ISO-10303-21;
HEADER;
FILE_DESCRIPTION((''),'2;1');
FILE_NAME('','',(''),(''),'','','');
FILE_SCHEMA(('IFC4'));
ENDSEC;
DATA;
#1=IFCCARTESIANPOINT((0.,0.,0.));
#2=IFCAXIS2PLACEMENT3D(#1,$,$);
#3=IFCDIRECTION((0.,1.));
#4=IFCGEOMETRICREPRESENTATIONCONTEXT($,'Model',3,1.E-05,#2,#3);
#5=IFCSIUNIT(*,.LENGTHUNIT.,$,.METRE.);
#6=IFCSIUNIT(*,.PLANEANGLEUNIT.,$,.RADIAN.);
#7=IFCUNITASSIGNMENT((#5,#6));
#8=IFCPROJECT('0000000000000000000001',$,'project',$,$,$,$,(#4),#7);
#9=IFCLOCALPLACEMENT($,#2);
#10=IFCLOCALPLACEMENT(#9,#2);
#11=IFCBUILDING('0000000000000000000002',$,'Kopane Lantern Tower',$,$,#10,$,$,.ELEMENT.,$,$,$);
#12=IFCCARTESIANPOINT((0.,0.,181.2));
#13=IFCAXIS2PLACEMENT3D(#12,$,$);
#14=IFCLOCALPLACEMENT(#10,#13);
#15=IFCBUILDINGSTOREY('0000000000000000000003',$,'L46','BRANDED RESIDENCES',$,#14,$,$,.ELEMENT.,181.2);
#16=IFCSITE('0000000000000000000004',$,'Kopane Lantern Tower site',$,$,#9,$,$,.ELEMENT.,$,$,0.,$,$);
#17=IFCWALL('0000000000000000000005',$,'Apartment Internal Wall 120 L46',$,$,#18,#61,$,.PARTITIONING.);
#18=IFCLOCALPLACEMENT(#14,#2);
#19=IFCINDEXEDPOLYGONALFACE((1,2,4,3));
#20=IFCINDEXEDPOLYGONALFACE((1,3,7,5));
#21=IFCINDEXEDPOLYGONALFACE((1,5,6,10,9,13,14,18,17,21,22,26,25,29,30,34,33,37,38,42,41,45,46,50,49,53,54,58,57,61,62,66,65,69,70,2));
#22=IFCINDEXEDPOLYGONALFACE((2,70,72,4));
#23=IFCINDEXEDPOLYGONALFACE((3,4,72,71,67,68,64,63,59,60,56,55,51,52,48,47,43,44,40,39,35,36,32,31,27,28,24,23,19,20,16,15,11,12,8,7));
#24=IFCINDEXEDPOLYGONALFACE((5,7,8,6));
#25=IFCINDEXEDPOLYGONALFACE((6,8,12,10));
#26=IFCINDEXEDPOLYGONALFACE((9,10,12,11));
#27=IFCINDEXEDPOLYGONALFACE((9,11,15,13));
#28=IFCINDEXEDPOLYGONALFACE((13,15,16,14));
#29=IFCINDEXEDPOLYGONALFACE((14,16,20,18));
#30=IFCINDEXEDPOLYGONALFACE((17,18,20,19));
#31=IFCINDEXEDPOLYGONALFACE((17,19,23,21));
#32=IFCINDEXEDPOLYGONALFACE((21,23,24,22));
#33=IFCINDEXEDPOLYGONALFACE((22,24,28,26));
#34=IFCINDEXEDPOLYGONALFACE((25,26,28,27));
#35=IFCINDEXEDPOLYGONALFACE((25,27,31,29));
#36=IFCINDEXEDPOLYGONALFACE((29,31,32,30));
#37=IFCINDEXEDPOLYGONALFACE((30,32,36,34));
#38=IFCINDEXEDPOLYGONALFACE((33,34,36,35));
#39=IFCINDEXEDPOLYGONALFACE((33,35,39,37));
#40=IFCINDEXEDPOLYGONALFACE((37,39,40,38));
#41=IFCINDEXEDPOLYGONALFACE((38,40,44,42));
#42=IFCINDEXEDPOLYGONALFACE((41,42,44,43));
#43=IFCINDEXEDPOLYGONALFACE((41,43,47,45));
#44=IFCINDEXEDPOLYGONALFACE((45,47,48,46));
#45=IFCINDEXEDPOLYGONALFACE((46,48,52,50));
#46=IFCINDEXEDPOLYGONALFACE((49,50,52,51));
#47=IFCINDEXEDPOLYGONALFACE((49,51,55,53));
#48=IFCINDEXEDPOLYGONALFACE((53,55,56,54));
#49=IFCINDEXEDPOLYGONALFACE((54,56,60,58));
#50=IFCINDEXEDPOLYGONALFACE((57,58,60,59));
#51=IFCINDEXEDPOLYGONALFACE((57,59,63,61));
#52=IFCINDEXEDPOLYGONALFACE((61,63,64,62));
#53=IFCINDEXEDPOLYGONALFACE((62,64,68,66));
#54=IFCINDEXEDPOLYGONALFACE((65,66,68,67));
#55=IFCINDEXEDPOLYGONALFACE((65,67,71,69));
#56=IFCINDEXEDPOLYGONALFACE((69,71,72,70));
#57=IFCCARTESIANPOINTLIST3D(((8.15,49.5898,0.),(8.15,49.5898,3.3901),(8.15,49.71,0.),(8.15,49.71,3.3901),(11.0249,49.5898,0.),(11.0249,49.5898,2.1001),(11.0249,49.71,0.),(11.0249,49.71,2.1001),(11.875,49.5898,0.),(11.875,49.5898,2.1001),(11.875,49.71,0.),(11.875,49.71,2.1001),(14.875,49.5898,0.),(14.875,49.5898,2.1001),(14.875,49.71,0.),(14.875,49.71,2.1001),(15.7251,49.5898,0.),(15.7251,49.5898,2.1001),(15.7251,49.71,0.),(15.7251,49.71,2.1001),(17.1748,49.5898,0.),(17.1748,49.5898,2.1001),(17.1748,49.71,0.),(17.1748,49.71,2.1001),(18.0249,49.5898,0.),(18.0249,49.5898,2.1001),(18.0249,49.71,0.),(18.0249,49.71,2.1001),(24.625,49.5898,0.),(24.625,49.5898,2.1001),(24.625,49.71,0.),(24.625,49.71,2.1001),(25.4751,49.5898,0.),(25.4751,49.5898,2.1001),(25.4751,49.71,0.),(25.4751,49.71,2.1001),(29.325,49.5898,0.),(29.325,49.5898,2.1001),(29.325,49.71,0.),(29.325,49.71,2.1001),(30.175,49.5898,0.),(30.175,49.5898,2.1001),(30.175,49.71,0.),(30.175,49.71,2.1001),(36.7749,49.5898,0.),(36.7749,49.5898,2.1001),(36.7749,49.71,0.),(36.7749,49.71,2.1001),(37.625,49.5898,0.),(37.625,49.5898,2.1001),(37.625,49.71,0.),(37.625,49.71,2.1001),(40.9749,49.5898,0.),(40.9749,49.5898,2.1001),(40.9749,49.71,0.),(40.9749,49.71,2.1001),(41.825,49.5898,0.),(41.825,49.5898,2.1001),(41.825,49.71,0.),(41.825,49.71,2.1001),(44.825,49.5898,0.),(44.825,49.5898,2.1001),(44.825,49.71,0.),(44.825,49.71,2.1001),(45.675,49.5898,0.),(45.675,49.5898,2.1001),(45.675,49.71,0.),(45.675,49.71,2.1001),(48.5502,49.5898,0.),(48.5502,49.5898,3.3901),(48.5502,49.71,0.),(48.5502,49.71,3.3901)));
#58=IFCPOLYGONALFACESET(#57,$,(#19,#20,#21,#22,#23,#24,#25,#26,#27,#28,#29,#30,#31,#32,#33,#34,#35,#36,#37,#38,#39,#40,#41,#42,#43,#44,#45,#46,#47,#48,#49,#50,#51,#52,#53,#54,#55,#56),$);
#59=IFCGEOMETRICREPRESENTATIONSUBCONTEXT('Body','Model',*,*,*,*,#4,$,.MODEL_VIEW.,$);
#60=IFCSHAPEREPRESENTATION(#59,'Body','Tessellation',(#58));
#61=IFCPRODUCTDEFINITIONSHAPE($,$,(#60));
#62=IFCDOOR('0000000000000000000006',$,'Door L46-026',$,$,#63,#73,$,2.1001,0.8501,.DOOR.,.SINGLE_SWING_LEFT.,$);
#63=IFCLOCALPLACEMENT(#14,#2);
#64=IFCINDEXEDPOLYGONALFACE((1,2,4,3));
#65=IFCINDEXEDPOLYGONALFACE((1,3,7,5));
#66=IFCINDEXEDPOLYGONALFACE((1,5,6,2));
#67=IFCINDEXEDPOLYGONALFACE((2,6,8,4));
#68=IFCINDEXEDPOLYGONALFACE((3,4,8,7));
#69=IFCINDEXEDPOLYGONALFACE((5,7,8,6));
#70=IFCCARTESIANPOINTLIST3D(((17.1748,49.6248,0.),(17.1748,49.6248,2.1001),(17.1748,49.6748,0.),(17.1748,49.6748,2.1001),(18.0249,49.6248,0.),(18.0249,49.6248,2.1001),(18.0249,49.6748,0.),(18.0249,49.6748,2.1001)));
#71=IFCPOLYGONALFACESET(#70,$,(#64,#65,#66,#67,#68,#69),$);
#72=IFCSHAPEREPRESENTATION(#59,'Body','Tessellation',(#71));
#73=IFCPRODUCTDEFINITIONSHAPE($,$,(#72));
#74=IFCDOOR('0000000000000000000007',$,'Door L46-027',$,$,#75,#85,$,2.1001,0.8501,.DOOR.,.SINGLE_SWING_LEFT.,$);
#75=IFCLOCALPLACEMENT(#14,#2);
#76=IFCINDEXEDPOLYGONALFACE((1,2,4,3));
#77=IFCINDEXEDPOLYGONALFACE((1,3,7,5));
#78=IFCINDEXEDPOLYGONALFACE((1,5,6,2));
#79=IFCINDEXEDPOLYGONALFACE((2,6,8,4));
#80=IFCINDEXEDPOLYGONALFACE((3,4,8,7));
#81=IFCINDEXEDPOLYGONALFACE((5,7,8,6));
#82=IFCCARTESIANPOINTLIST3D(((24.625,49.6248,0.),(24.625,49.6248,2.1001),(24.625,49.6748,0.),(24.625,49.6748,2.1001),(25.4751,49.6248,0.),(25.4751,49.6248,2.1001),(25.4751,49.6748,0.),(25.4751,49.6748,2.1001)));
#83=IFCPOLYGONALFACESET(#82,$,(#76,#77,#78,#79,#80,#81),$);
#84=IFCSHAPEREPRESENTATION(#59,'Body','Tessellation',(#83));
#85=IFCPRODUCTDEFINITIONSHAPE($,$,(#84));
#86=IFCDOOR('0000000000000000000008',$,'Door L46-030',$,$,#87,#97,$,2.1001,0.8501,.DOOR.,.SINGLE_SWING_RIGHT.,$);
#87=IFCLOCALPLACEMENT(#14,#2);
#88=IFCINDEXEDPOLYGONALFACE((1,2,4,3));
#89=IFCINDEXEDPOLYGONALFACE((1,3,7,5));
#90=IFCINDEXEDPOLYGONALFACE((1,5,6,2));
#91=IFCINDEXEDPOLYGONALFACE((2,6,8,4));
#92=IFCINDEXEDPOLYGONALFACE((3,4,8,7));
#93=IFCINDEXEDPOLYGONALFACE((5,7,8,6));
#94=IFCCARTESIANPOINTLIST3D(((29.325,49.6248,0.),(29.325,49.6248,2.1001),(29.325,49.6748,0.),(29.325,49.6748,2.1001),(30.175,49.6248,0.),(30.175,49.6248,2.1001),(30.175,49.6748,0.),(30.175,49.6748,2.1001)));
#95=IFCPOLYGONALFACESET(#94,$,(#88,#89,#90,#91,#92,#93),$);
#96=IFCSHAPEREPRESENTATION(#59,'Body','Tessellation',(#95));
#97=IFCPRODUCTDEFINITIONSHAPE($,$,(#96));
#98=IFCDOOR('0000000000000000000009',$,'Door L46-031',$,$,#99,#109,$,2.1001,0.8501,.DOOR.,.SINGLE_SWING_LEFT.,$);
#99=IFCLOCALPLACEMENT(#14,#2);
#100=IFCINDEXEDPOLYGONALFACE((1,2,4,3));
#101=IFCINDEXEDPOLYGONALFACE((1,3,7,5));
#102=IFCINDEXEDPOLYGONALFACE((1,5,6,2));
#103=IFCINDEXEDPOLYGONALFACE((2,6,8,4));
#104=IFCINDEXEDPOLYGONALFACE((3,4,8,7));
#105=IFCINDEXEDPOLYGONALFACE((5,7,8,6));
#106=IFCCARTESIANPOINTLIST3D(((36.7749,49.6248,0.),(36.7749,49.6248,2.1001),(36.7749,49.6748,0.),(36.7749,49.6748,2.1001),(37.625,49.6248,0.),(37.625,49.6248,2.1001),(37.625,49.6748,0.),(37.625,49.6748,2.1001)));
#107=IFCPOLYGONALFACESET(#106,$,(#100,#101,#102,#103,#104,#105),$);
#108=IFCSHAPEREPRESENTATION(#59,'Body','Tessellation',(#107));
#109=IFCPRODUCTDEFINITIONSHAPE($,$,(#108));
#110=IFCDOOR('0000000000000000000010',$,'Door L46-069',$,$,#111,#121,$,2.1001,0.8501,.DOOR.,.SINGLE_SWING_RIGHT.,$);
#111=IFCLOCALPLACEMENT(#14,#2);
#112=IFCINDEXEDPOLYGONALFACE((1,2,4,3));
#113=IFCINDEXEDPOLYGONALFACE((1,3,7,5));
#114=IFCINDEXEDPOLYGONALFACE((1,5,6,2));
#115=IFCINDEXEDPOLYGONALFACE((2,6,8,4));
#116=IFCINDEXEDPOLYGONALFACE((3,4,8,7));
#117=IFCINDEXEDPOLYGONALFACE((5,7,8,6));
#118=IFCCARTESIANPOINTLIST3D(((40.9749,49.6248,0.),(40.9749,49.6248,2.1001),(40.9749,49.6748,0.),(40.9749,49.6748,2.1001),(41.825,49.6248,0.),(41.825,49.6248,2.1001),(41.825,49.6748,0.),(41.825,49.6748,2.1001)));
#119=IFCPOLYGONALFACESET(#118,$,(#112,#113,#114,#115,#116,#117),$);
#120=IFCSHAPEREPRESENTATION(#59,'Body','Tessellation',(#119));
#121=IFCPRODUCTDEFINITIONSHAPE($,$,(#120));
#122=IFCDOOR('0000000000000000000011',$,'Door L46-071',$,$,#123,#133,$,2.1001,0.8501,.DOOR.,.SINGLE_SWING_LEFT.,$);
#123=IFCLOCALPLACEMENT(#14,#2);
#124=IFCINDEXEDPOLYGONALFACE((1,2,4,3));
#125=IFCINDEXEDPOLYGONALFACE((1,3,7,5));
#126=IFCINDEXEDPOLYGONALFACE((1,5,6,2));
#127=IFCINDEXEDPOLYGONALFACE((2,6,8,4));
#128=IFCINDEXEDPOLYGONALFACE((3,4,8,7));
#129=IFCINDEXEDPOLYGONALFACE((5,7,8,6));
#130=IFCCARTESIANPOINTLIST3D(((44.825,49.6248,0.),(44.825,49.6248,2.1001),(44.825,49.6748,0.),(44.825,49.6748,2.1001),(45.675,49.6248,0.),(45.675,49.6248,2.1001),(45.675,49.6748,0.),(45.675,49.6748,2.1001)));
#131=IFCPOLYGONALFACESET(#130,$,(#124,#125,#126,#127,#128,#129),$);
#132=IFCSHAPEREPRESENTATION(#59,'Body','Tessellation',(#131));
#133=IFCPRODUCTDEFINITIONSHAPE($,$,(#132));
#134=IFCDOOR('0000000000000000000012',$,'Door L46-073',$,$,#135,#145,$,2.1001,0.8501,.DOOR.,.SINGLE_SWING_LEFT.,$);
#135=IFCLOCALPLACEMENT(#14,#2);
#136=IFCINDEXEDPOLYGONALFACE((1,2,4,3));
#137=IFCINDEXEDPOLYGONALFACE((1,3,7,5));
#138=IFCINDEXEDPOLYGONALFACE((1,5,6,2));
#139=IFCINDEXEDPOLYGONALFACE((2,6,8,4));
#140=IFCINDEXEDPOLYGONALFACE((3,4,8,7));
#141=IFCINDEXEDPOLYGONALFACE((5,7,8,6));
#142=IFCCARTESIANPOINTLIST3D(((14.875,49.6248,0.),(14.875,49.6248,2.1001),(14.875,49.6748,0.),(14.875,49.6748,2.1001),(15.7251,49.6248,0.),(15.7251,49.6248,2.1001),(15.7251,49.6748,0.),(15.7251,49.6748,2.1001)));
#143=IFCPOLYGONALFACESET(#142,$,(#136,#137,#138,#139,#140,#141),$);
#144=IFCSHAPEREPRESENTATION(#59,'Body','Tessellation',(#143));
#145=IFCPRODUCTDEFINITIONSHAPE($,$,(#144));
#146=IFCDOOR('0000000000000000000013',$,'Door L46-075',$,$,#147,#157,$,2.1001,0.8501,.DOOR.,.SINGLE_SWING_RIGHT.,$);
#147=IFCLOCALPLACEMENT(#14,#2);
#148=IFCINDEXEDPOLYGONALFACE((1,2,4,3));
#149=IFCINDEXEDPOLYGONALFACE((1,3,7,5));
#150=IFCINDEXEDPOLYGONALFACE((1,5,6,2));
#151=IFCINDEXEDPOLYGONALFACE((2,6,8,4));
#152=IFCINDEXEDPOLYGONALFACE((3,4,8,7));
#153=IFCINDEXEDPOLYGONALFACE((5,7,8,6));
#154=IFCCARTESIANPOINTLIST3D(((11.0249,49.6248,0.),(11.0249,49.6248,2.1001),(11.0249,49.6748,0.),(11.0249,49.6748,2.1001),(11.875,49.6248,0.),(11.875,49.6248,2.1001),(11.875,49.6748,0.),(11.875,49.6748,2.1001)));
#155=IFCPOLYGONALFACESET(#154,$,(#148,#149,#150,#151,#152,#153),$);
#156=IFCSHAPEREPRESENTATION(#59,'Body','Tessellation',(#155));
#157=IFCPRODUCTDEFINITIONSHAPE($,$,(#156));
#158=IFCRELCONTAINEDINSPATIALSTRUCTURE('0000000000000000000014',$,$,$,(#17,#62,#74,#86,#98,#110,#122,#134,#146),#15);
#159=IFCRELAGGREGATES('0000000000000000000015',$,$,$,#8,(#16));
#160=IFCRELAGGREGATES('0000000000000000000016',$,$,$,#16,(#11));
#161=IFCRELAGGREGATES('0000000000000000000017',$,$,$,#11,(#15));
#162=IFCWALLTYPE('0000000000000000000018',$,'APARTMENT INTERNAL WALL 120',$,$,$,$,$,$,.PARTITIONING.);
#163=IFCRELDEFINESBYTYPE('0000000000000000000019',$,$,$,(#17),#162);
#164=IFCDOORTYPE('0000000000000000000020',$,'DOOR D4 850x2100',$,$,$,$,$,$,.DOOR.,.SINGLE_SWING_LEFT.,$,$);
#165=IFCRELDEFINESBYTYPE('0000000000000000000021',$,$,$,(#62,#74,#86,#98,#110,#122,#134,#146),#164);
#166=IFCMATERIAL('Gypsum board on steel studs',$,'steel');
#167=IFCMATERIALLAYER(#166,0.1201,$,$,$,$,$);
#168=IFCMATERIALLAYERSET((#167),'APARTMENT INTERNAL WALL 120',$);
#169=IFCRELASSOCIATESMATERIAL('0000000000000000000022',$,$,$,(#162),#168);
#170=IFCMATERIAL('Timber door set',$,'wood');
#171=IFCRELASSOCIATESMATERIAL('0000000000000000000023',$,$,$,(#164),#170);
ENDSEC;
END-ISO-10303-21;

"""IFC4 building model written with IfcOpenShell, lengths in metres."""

from ifc_helpers import new_model, si_unit, direction, frame, frame_2d, origin, place, context, subcontext, project, spatial, rectangle, extrude, material, layer, layer_set, type_object, element, fill, save


model = new_model("IFC4")

# Units and contexts
model_context = context("Model", 3, precision=1e-05, world=origin(), true_north=direction((0.0, 1.0)))
body_context = subcontext(model_context, "Body", "Model", "MODEL_VIEW")
ifc_project = project(units=[si_unit("LENGTHUNIT", "METRE"), si_unit("PLANEANGLEUNIT", "RADIAN")], contexts=[model_context])

# Site, building, storey
site_placement = place(None, origin())
site = spatial("IfcSite", under=ifc_project, at=site_placement, Name="Kopane Lantern Tower site", CompositionType="ELEMENT", RefElevation=0.0)
building_placement = place(site_placement, origin())
building = spatial("IfcBuilding", under=site, at=building_placement, Name="Kopane Lantern Tower", CompositionType="ELEMENT")
storey_placement = place(building_placement, frame((0.0, 0.0, 181.2)))
storey = spatial("IfcBuildingStorey", under=building, at=storey_placement, Name="L46", Description="BRANDED RESIDENCES", CompositionType="ELEMENT", Elevation=181.2)

# Wall, openings, doors
ifc_material_1 = material(Name="Gypsum board on steel studs", Category="steel")
ifc_layer_1 = layer(ifc_material_1, 0.1201)
ifc_layer_set_1 = layer_set([ifc_layer_1], Name="APARTMENT INTERNAL WALL 120")
wall_type_1 = type_object("IfcWallType", Name="APARTMENT INTERNAL WALL 120", PredefinedType="PARTITIONING", material=ifc_layer_set_1)
wall_1_placement = place(storey_placement, frame((8.1499, 49.6499, 0.0), z_axis=(0.0, 0.0, 1.0), x_axis=(1.0, 0.0, 0.0)))
wall_1 = element("IfcWall", 1, at=wall_1_placement, inside=storey, type_object=wall_type_1, Name="Apartment Internal Wall 120 L46", PredefinedType="PARTITIONING", context=body_context, shape_type="SweptSolid", body=[
    extrude(rectangle(XDim=40.4001, YDim=0.1201, at=frame_2d((20.2002, 0.0))), origin(), (0.0, 0.0, 1.0), 3.3901),
])
opening_1_placement = place(wall_1_placement, frame((9.0249, 0.0, 0.0)))
opening_1 = element("IfcOpeningElement", 2, at=opening_1_placement, cuts=wall_1, PredefinedType="OPENING", context=body_context, shape_type="SweptSolid", body=[
    extrude(rectangle(XDim=0.8501, YDim=2.1001, at=frame_2d((0.425, 1.05))), frame((0.0, 0.0701, 0.0), z_axis=(0.0, -1.0, 0.0), x_axis=(1.0, 0.0, 0.0)), (0.0, 0.0, 1.0), 0.1401),
])
opening_2_placement = place(wall_1_placement, frame((16.4751, 0.0, 0.0)))
opening_2 = element("IfcOpeningElement", 3, at=opening_2_placement, cuts=wall_1, PredefinedType="OPENING", context=body_context, shape_type="SweptSolid", body=[
    extrude(rectangle(XDim=0.8501, YDim=2.1001, at=frame_2d((0.425, 1.05))), frame((0.0, 0.0701, 0.0), z_axis=(0.0, -1.0, 0.0), x_axis=(1.0, 0.0, 0.0)), (0.0, 0.0, 1.0), 0.1401),
])
opening_3_placement = place(wall_1_placement, frame((21.175, 0.0, 0.0)))
opening_3 = element("IfcOpeningElement", 4, at=opening_3_placement, cuts=wall_1, PredefinedType="OPENING", context=body_context, shape_type="SweptSolid", body=[
    extrude(rectangle(XDim=0.8501, YDim=2.1001, at=frame_2d((0.425, 1.05))), frame((0.0, 0.0701, 0.0), z_axis=(0.0, -1.0, 0.0), x_axis=(1.0, 0.0, 0.0)), (0.0, 0.0, 1.0), 0.1401),
])
opening_4_placement = place(wall_1_placement, frame((28.625, 0.0, 0.0)))
opening_4 = element("IfcOpeningElement", 5, at=opening_4_placement, cuts=wall_1, PredefinedType="OPENING", context=body_context, shape_type="SweptSolid", body=[
    extrude(rectangle(XDim=0.8501, YDim=2.1001, at=frame_2d((0.425, 1.05))), frame((0.0, 0.0701, 0.0), z_axis=(0.0, -1.0, 0.0), x_axis=(1.0, 0.0, 0.0)), (0.0, 0.0, 1.0), 0.1401),
])
opening_5_placement = place(wall_1_placement, frame((32.825, 0.0, 0.0)))
opening_5 = element("IfcOpeningElement", 6, at=opening_5_placement, cuts=wall_1, PredefinedType="OPENING", context=body_context, shape_type="SweptSolid", body=[
    extrude(rectangle(XDim=0.8501, YDim=2.1001, at=frame_2d((0.425, 1.05))), frame((0.0, 0.0701, 0.0), z_axis=(0.0, -1.0, 0.0), x_axis=(1.0, 0.0, 0.0)), (0.0, 0.0, 1.0), 0.1401),
])
opening_6_placement = place(wall_1_placement, frame((36.675, 0.0, 0.0)))
opening_6 = element("IfcOpeningElement", 7, at=opening_6_placement, cuts=wall_1, PredefinedType="OPENING", context=body_context, shape_type="SweptSolid", body=[
    extrude(rectangle(XDim=0.8501, YDim=2.1001, at=frame_2d((0.425, 1.05))), frame((0.0, 0.0701, 0.0), z_axis=(0.0, -1.0, 0.0), x_axis=(1.0, 0.0, 0.0)), (0.0, 0.0, 1.0), 0.1401),
])
opening_7_placement = place(wall_1_placement, frame((6.7251, 0.0, 0.0)))
opening_7 = element("IfcOpeningElement", 8, at=opening_7_placement, cuts=wall_1, PredefinedType="OPENING", context=body_context, shape_type="SweptSolid", body=[
    extrude(rectangle(XDim=0.8501, YDim=2.1001, at=frame_2d((0.425, 1.05))), frame((0.0, 0.0701, 0.0), z_axis=(0.0, -1.0, 0.0), x_axis=(1.0, 0.0, 0.0)), (0.0, 0.0, 1.0), 0.1401),
])
opening_8_placement = place(wall_1_placement, frame((2.875, 0.0, 0.0)))
opening_8 = element("IfcOpeningElement", 9, at=opening_8_placement, cuts=wall_1, PredefinedType="OPENING", context=body_context, shape_type="SweptSolid", body=[
    extrude(rectangle(XDim=0.8501, YDim=2.1001, at=frame_2d((0.425, 1.05))), frame((0.0, 0.0701, 0.0), z_axis=(0.0, -1.0, 0.0), x_axis=(1.0, 0.0, 0.0)), (0.0, 0.0, 1.0), 0.1401),
])
ifc_material_2 = material(Name="Timber door set", Category="wood")
door_type_1 = type_object("IfcDoorType", Name="DOOR D4 850x2100", OperationType="SINGLE_SWING_LEFT", PredefinedType="DOOR", material=ifc_material_2)
door_1_placement = place(opening_1_placement, origin())
door_1 = element("IfcDoor", 10, at=door_1_placement, inside=storey, type_object=door_type_1, Name="Door L46-026", OperationType="SINGLE_SWING_LEFT", OverallHeight=2.1001, OverallWidth=0.8501, PredefinedType="DOOR", context=body_context, shape_type="SweptSolid", body=[
    extrude(rectangle(XDim=0.8501, YDim=2.1001, at=frame_2d((0.425, 1.05))), frame((0.0, 0.0249, 0.0), z_axis=(0.0, -1.0, 0.0), x_axis=(1.0, 0.0, 0.0)), (0.0, 0.0, 1.0), 0.05),
])
fill(opening_1, door_1)
door_2_placement = place(opening_2_placement, origin())
door_2 = element("IfcDoor", 11, at=door_2_placement, inside=storey, type_object=door_type_1, Name="Door L46-027", OperationType="SINGLE_SWING_LEFT", OverallHeight=2.1001, OverallWidth=0.8501, PredefinedType="DOOR", context=body_context, shape_type="SweptSolid", body=[
    extrude(rectangle(XDim=0.8501, YDim=2.1001, at=frame_2d((0.425, 1.05))), frame((0.0, 0.0249, 0.0), z_axis=(0.0, -1.0, 0.0), x_axis=(1.0, 0.0, 0.0)), (0.0, 0.0, 1.0), 0.05),
])
fill(opening_2, door_2)
door_3_placement = place(opening_3_placement, origin())
door_3 = element("IfcDoor", 12, at=door_3_placement, inside=storey, type_object=door_type_1, Name="Door L46-030", OperationType="SINGLE_SWING_RIGHT", OverallHeight=2.1001, OverallWidth=0.8501, PredefinedType="DOOR", context=body_context, shape_type="SweptSolid", body=[
    extrude(rectangle(XDim=0.8501, YDim=2.1001, at=frame_2d((0.425, 1.05))), frame((0.0, 0.0249, 0.0), z_axis=(0.0, -1.0, 0.0), x_axis=(1.0, 0.0, 0.0)), (0.0, 0.0, 1.0), 0.05),
])
fill(opening_3, door_3)
door_4_placement = place(opening_4_placement, origin())
door_4 = element("IfcDoor", 13, at=door_4_placement, inside=storey, type_object=door_type_1, Name="Door L46-031", OperationType="SINGLE_SWING_LEFT", OverallHeight=2.1001, OverallWidth=0.8501, PredefinedType="DOOR", context=body_context, shape_type="SweptSolid", body=[
    extrude(rectangle(XDim=0.8501, YDim=2.1001, at=frame_2d((0.425, 1.05))), frame((0.0, 0.0249, 0.0), z_axis=(0.0, -1.0, 0.0), x_axis=(1.0, 0.0, 0.0)), (0.0, 0.0, 1.0), 0.05),
])
fill(opening_4, door_4)
door_5_placement = place(opening_5_placement, origin())
door_5 = element("IfcDoor", 14, at=door_5_placement, inside=storey, type_object=door_type_1, Name="Door L46-069", OperationType="SINGLE_SWING_RIGHT", OverallHeight=2.1001, OverallWidth=0.8501, PredefinedType="DOOR", context=body_context, shape_type="SweptSolid", body=[
    extrude(rectangle(XDim=0.8501, YDim=2.1001, at=frame_2d((0.425, 1.05))), frame((0.0, 0.0249, 0.0), z_axis=(0.0, -1.0, 0.0), x_axis=(1.0, 0.0, 0.0)), (0.0, 0.0, 1.0), 0.05),
])
fill(opening_5, door_5)
door_6_placement = place(opening_6_placement, origin())
door_6 = element("IfcDoor", 15, at=door_6_placement, inside=storey, type_object=door_type_1, Name="Door L46-071", OperationType="SINGLE_SWING_LEFT", OverallHeight=2.1001, OverallWidth=0.8501, PredefinedType="DOOR", context=body_context, shape_type="SweptSolid", body=[
    extrude(rectangle(XDim=0.8501, YDim=2.1001, at=frame_2d((0.425, 1.05))), frame((0.0, 0.0249, 0.0), z_axis=(0.0, -1.0, 0.0), x_axis=(1.0, 0.0, 0.0)), (0.0, 0.0, 1.0), 0.05),
])
fill(opening_6, door_6)
door_7_placement = place(opening_7_placement, origin())
door_7 = element("IfcDoor", 16, at=door_7_placement, inside=storey, type_object=door_type_1, Name="Door L46-073", OperationType="SINGLE_SWING_LEFT", OverallHeight=2.1001, OverallWidth=0.8501, PredefinedType="DOOR", context=body_context, shape_type="SweptSolid", body=[
    extrude(rectangle(XDim=0.8501, YDim=2.1001, at=frame_2d((0.425, 1.05))), frame((0.0, 0.0249, 0.0), z_axis=(0.0, -1.0, 0.0), x_axis=(1.0, 0.0, 0.0)), (0.0, 0.0, 1.0), 0.05),
])
fill(opening_7, door_7)
door_8_placement = place(opening_8_placement, origin())
door_8 = element("IfcDoor", 17, at=door_8_placement, inside=storey, type_object=door_type_1, Name="Door L46-075", OperationType="SINGLE_SWING_RIGHT", OverallHeight=2.1001, OverallWidth=0.8501, PredefinedType="DOOR", context=body_context, shape_type="SweptSolid", body=[
    extrude(rectangle(XDim=0.8501, YDim=2.1001, at=frame_2d((0.425, 1.05))), frame((0.0, 0.0249, 0.0), z_axis=(0.0, -1.0, 0.0), x_axis=(1.0, 0.0, 0.0)), (0.0, 0.0, 1.0), 0.05),
])
fill(opening_8, door_8)

save(model, "model.ifc")
